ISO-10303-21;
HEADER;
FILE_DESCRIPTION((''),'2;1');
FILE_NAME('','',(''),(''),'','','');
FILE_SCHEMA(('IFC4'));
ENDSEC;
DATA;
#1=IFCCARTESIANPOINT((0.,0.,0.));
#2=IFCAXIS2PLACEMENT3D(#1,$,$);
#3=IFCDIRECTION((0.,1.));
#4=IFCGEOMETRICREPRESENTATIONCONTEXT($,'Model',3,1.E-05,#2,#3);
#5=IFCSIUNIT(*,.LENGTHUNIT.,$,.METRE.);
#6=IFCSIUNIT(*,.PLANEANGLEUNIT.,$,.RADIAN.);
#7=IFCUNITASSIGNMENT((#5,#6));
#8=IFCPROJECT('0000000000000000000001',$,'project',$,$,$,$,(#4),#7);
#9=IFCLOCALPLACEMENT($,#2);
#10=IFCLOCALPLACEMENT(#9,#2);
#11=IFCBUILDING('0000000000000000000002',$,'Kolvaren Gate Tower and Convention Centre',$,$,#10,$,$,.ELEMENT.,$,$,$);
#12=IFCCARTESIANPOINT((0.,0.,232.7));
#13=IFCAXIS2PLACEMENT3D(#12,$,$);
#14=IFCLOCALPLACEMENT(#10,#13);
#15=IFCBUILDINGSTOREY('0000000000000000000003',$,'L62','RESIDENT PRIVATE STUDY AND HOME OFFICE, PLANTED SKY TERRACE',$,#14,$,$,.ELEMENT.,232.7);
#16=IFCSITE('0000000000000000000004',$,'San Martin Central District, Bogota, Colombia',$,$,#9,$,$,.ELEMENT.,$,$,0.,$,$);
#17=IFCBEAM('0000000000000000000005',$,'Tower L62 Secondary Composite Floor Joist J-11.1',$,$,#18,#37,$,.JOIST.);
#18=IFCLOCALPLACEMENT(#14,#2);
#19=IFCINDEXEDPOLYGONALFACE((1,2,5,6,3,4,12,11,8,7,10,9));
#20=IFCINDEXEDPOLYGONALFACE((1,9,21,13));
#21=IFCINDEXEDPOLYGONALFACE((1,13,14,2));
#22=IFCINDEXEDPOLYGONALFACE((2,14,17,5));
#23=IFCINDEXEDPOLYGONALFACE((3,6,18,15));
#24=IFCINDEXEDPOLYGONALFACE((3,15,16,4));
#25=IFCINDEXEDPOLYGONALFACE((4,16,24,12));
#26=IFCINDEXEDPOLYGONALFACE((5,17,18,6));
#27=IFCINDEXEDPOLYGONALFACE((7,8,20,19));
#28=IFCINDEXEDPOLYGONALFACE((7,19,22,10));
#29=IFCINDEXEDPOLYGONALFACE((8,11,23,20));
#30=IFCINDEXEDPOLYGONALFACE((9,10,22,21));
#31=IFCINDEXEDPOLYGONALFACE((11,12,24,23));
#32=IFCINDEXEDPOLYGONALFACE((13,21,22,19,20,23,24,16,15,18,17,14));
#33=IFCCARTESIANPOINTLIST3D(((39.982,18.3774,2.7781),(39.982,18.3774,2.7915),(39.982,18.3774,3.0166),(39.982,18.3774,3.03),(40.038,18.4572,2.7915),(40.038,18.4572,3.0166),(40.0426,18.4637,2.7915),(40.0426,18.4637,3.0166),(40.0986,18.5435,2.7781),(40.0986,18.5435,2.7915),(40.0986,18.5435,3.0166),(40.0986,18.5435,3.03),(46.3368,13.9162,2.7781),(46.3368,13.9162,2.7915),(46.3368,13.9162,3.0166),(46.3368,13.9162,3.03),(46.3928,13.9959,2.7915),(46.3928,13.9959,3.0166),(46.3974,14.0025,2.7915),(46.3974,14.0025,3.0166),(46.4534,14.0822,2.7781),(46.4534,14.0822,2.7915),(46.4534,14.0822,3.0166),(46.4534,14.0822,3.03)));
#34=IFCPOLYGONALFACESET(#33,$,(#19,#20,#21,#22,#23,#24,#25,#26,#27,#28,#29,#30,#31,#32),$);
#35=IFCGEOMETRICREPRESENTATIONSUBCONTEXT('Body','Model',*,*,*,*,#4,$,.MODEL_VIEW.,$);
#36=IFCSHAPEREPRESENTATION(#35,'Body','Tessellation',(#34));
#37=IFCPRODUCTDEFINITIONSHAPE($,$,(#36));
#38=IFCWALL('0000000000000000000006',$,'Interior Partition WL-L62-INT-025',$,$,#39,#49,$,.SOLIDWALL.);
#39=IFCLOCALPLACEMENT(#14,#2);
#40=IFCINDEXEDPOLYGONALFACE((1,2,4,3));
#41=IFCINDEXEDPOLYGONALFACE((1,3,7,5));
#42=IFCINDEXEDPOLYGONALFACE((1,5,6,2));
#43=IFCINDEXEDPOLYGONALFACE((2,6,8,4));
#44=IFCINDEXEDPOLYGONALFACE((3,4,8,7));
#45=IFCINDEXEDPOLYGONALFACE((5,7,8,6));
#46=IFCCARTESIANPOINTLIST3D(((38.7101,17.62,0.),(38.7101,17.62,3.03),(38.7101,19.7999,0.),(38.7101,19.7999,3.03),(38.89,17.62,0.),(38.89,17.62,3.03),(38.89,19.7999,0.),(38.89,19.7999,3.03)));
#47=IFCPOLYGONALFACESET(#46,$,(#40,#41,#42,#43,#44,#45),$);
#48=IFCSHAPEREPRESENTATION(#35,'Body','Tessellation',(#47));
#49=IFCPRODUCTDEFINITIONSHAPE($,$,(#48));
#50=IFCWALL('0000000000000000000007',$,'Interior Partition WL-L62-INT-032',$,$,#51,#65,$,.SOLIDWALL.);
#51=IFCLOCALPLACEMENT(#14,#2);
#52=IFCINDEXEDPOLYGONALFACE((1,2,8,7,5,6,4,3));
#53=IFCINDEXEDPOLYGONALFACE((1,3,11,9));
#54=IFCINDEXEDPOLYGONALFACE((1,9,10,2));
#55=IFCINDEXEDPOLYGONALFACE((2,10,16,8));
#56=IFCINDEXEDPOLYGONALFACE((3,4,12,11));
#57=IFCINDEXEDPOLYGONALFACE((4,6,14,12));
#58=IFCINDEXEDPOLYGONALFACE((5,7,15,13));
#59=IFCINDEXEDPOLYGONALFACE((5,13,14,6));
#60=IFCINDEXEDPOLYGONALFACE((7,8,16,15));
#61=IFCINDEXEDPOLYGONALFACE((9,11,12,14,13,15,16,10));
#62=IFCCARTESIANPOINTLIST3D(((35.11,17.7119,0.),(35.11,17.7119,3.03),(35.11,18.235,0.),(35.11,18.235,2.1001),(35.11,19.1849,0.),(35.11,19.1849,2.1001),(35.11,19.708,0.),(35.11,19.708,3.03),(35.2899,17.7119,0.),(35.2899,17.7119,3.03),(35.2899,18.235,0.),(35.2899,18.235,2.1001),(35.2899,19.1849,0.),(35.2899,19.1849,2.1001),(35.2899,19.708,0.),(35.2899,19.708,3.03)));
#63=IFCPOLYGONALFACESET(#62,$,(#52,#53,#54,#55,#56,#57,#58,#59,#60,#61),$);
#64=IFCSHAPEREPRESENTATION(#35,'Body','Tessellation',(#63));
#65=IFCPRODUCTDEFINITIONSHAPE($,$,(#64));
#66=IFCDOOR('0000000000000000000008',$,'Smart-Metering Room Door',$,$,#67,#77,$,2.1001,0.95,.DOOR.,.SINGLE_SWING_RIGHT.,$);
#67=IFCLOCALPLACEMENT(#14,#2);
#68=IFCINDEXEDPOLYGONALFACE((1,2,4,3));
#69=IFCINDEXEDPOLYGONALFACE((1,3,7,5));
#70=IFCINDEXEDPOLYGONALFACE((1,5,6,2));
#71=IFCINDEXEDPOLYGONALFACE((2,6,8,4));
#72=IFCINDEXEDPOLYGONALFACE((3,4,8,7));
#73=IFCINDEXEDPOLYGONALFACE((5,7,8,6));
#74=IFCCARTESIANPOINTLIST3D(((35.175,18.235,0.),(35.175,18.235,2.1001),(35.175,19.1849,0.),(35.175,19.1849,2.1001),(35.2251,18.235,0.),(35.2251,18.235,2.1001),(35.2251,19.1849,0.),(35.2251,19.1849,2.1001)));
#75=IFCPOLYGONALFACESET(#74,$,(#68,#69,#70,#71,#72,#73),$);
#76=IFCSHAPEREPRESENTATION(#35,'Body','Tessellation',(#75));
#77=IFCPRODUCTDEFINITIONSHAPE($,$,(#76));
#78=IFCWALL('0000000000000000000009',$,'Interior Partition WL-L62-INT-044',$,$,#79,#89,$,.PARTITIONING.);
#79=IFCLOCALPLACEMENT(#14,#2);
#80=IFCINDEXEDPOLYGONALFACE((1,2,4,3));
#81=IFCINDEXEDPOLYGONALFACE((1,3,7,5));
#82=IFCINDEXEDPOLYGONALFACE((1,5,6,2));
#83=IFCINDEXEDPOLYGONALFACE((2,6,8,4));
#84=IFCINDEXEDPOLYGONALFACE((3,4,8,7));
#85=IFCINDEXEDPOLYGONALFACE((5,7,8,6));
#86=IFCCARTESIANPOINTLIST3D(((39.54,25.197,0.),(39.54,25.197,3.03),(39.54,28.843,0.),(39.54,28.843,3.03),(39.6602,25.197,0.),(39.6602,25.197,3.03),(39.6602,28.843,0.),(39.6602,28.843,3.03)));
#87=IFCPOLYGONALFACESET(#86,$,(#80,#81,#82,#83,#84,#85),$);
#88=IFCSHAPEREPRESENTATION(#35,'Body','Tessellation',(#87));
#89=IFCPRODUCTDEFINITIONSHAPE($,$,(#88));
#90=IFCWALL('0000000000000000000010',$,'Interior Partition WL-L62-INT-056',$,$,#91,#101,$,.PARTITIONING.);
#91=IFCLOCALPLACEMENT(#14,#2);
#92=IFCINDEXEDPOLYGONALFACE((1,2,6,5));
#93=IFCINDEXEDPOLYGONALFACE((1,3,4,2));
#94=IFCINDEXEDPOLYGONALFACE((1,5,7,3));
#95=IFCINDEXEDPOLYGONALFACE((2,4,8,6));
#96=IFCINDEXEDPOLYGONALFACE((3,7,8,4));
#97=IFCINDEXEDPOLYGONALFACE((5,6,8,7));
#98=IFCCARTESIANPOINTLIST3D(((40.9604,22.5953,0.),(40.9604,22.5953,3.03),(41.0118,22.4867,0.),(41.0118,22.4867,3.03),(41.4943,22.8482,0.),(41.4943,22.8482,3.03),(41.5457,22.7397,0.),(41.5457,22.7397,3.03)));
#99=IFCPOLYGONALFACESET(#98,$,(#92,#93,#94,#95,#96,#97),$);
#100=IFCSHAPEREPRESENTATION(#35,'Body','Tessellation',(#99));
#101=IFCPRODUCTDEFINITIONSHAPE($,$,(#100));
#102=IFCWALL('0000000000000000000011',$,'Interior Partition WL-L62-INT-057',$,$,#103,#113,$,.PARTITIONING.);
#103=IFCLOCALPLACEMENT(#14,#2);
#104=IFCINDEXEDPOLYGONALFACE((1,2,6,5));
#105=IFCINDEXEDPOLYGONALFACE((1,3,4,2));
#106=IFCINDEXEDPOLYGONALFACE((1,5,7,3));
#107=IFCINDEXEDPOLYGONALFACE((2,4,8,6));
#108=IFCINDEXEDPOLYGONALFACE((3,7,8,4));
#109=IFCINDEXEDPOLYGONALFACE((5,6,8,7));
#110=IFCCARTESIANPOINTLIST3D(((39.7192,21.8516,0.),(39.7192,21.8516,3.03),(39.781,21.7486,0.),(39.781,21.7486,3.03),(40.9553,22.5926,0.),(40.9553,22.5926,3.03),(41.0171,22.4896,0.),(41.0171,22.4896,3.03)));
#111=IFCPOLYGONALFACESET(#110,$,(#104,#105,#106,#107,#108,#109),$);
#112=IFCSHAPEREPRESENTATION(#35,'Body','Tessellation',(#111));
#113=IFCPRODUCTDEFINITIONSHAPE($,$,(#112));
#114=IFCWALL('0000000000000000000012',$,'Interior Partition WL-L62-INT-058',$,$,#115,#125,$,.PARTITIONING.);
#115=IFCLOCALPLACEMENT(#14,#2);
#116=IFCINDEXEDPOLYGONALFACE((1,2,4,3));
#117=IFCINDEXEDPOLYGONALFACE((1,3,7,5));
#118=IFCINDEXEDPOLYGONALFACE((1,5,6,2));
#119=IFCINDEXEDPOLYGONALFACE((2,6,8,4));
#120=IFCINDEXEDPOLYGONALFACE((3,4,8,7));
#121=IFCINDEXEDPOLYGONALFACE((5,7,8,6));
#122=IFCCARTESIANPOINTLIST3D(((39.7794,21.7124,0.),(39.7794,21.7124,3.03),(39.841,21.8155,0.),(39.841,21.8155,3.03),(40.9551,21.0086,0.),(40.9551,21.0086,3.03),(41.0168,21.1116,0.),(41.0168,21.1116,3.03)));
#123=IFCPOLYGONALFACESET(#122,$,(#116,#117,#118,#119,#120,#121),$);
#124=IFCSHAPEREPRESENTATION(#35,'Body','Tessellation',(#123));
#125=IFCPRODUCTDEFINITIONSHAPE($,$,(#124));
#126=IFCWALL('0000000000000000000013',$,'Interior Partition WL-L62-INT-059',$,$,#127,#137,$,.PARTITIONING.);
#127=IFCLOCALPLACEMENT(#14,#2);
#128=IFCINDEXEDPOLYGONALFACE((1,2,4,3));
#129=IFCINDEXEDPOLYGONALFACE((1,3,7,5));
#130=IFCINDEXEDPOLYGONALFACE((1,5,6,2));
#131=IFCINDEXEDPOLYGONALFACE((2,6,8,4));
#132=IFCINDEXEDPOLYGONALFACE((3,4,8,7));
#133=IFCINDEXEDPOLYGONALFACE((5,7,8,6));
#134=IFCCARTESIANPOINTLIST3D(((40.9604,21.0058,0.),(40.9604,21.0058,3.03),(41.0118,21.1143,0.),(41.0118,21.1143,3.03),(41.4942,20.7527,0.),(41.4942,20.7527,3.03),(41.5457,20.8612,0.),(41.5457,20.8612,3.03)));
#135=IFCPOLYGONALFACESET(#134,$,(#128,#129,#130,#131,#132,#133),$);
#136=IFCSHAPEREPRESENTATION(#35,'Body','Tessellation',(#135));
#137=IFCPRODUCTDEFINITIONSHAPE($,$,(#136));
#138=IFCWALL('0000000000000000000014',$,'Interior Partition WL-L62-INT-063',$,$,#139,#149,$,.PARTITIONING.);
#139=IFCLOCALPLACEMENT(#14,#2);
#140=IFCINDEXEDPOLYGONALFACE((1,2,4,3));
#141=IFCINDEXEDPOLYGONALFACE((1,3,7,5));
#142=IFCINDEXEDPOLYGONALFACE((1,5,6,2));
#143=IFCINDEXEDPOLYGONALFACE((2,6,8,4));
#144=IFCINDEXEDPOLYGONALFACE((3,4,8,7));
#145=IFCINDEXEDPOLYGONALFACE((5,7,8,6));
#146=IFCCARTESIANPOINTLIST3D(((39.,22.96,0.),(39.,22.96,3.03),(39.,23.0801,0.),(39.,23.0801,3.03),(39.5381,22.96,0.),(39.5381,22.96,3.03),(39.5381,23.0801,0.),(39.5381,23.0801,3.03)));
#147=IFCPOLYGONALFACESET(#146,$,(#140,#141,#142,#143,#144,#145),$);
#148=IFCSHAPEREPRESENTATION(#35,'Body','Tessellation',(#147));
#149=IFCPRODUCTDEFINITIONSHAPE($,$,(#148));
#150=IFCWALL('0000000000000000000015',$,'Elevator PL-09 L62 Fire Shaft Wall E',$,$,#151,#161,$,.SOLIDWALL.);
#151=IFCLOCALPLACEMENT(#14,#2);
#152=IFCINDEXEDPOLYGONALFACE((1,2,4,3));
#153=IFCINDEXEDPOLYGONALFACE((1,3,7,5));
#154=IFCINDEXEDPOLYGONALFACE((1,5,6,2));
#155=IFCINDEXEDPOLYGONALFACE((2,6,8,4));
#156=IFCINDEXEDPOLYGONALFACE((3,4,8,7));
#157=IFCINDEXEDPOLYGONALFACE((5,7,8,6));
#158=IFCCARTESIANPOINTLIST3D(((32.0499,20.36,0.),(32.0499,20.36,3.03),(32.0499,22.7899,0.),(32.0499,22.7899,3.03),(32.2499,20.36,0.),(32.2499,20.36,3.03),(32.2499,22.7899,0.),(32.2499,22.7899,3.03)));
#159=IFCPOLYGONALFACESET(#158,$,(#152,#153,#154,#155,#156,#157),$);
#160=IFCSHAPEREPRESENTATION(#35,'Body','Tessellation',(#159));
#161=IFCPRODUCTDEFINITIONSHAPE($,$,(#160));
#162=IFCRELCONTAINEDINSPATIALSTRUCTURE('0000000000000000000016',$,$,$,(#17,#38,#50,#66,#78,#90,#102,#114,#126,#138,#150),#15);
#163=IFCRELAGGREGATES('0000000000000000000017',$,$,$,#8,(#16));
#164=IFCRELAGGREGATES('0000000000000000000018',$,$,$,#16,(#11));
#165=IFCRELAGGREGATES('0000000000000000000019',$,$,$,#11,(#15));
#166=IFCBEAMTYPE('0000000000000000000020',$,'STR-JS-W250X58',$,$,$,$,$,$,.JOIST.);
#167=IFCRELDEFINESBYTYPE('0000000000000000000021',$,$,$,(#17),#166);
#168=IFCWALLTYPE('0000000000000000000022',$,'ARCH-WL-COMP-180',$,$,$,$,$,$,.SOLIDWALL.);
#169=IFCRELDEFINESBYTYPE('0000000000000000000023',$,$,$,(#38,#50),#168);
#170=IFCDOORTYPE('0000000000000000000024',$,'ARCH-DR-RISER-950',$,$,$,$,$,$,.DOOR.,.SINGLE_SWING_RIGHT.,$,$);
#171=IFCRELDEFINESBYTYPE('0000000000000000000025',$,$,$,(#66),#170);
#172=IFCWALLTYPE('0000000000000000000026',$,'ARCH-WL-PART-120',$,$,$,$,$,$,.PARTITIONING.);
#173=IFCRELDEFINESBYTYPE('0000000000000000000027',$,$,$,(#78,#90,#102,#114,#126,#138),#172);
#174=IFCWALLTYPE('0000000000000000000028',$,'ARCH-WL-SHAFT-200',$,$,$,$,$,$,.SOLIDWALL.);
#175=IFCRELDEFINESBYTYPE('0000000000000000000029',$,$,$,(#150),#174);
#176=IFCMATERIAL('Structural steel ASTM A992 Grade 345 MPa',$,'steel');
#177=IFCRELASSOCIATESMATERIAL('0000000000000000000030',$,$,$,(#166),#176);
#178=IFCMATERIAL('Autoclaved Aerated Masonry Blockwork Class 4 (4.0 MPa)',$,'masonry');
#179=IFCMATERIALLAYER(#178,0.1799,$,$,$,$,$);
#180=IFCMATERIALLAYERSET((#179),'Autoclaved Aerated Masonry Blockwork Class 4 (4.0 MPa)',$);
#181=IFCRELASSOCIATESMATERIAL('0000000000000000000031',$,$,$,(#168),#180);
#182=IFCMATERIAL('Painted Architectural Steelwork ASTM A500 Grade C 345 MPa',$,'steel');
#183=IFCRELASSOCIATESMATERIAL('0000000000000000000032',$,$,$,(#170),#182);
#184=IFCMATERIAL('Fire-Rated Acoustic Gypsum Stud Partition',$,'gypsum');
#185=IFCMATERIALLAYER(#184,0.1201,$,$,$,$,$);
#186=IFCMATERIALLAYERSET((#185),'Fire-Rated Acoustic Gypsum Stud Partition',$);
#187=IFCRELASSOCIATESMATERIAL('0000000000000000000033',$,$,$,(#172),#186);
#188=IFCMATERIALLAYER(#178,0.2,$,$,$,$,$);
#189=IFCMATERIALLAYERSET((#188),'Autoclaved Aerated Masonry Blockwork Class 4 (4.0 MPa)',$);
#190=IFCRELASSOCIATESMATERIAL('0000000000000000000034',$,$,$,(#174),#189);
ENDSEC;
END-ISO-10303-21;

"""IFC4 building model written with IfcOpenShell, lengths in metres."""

from ifc_helpers import new_model, si_unit, direction, frame, frame_2d, origin, origin_2d, place, context, subcontext, project, spatial, rectangle, i_section, extrude, material, layer, layer_set, material_profile, profile_set, type_object, element, fill, save


model = new_model("IFC4")

# Units and contexts
model_context = context("Model", 3, precision=1e-05, world=origin(), true_north=direction((0.0, 1.0)))
body_context = subcontext(model_context, "Body", "Model", "MODEL_VIEW")
ifc_project = project(units=[si_unit("LENGTHUNIT", "METRE"), si_unit("PLANEANGLEUNIT", "RADIAN")], contexts=[model_context])

# Site, building, storey
site_placement = place(None, origin())
site = spatial("IfcSite", under=ifc_project, at=site_placement, Name="San Martin Central District, Bogota, Colombia", CompositionType="ELEMENT", RefElevation=0.0)
building_placement = place(site_placement, origin())
building = spatial("IfcBuilding", under=site, at=building_placement, Name="Kolvaren Gate Tower and Convention Centre", CompositionType="ELEMENT")
storey_placement = place(building_placement, frame((0.0, 0.0, 232.7)))
storey = spatial("IfcBuildingStorey", under=building, at=storey_placement, Name="L62", Description="RESIDENT PRIVATE STUDY AND HOME OFFICE, PLANTED SKY TERRACE", CompositionType="ELEMENT", Elevation=232.7)

# Beam
ifc_material_1 = material(Name="Structural steel ASTM A992 Grade 345 MPa", Category="steel")
ifc_material_profile = material_profile(ifc_material_1, i_section(OverallWidth=0.2029, OverallDepth=0.252, WebThickness=0.0081, FlangeThickness=0.0134, at=origin_2d()), Name="W250X58")
ifc_profile_set = profile_set([ifc_material_profile], Name="Structural steel ASTM A992 Grade 345 MPa")
beam_type = type_object("IfcBeamType", Name="STR-JS-W250X58", PredefinedType="JOIST", material=ifc_profile_set)
beam_placement = place(storey_placement, frame((40.0403, 18.4604, 2.9041), z_axis=(0.818453, -0.574574, 0.0), x_axis=(0.574574, 0.818453, 0.0)))
element("IfcBeam", 1, at=beam_placement, inside=storey, type_object=beam_type, Name="Tower L62 Secondary Composite Floor Joist J-11.1", PredefinedType="JOIST", context=body_context, shape_type="SweptSolid", body=[
    extrude(i_section(OverallWidth=0.2029, OverallDepth=0.252, WebThickness=0.0081, FlangeThickness=0.0134, at=origin_2d()), origin(), (0.0, 0.0, 1.0), 7.7644),
])

# Wall
ifc_material_2 = material(Name="Autoclaved Aerated Masonry Blockwork Class 4 (4.0 MPa)", Category="masonry")
ifc_layer_1 = layer(ifc_material_2, 0.1799)
ifc_layer_set_1 = layer_set([ifc_layer_1], Name="Autoclaved Aerated Masonry Blockwork Class 4 (4.0 MPa)")
wall_type_1 = type_object("IfcWallType", Name="ARCH-WL-COMP-180", PredefinedType="SOLIDWALL", material=ifc_layer_set_1)
wall_1_placement = place(storey_placement, frame((38.8, 17.6201, 0.0), z_axis=(0.0, 0.0, 1.0), x_axis=(0.0, 1.0, 0.0)))
element("IfcWall", 2, at=wall_1_placement, inside=storey, type_object=wall_type_1, Name="Interior Partition WL-L62-INT-025", PredefinedType="SOLIDWALL", context=body_context, shape_type="SweptSolid", body=[
    extrude(rectangle(XDim=2.1799, YDim=0.1799, at=frame_2d((1.0898, 0.0))), origin(), (0.0, 0.0, 1.0), 3.03),
])

# Wall, opening, door
wall_2_placement = place(storey_placement, frame((35.2, 17.7119, 0.0), z_axis=(0.0, 0.0, 1.0), x_axis=(0.0, 1.0, 0.0)))
wall_2 = element("IfcWall", 3, at=wall_2_placement, inside=storey, type_object=wall_type_1, Name="Interior Partition WL-L62-INT-032", PredefinedType="SOLIDWALL", context=body_context, shape_type="SweptSolid", body=[
    extrude(rectangle(XDim=1.9961, YDim=0.1799, at=frame_2d((0.998, 0.0))), origin(), (0.0, 0.0, 1.0), 3.03),
])
opening_1_placement = place(wall_2_placement, frame((0.5229, 0.0, 0.0)))
opening_1 = element("IfcOpeningElement", 4, at=opening_1_placement, cuts=wall_2, PredefinedType="OPENING", context=body_context, shape_type="SweptSolid", body=[
    extrude(rectangle(XDim=0.95, YDim=2.1001, at=frame_2d((0.4751, 1.05))), frame((0.0, 0.0999, 0.0), z_axis=(0.0, -1.0, 0.0), x_axis=(1.0, 0.0, 0.0)), (0.0, 0.0, 1.0), 0.2),
])
ifc_material_3 = material(Name="Painted Architectural Steelwork ASTM A500 Grade C 345 MPa", Category="steel")
door_type_1 = type_object("IfcDoorType", Name="ARCH-DR-RISER-950", OperationType="SINGLE_SWING_RIGHT", PredefinedType="DOOR", material=ifc_material_3)
door_1_placement = place(opening_1_placement, origin())
door_1 = element("IfcDoor", 5, at=door_1_placement, inside=storey, type_object=door_type_1, Name="Smart-Metering Room Door", OperationType="SINGLE_SWING_RIGHT", OverallHeight=2.1001, OverallWidth=0.95, PredefinedType="DOOR", context=body_context, shape_type="SweptSolid", body=[
    extrude(rectangle(XDim=0.95, YDim=2.1001, at=frame_2d((0.4751, 1.05))), frame((0.0, 0.0249, 0.0), z_axis=(0.0, -1.0, 0.0), x_axis=(1.0, 0.0, 0.0)), (0.0, 0.0, 1.0), 0.05),
])
fill(opening_1, door_1)

# Walls
ifc_material_4 = material(Name="Fire-Rated Acoustic Gypsum Stud Partition", Category="gypsum")
ifc_layer_2 = layer(ifc_material_4, 0.1201)
ifc_layer_set_2 = layer_set([ifc_layer_2], Name="Fire-Rated Acoustic Gypsum Stud Partition")
wall_type_2 = type_object("IfcWallType", Name="ARCH-WL-PART-120", PredefinedType="PARTITIONING", material=ifc_layer_set_2)
wall_3_placement = place(storey_placement, frame((39.6001, 25.197, 0.0), z_axis=(0.0, 0.0, 1.0), x_axis=(0.0, 1.0, 0.0)))
element("IfcWall", 6, at=wall_3_placement, inside=storey, type_object=wall_type_2, Name="Interior Partition WL-L62-INT-044", PredefinedType="PARTITIONING", context=body_context, shape_type="SweptSolid", body=[
    extrude(rectangle(XDim=3.646, YDim=0.1201, at=frame_2d((1.823, 0.0))), origin(), (0.0, 0.0, 1.0), 3.03),
])
wall_4_placement = place(storey_placement, frame((40.9861, 22.541, 0.0), z_axis=(0.0, 0.0, 1.0), x_axis=(0.903729, 0.428104, 0.0)))
element("IfcWall", 7, at=wall_4_placement, inside=storey, type_object=wall_type_2, Name="Interior Partition WL-L62-INT-056", PredefinedType="PARTITIONING", context=body_context, shape_type="SweptSolid", body=[
    extrude(rectangle(XDim=0.5908, YDim=0.1201, at=frame_2d((0.2954, 0.0))), origin(), (0.0, 0.0, 1.0), 3.03),
])
wall_5_placement = place(storey_placement, frame((39.75, 21.8, 0.0), z_axis=(0.0, 0.0, 1.0), x_axis=(0.857702, 0.514147, 0.0)))
element("IfcWall", 8, at=wall_5_placement, inside=storey, type_object=wall_type_2, Name="Interior Partition WL-L62-INT-057", PredefinedType="PARTITIONING", context=body_context, shape_type="SweptSolid", body=[
    extrude(rectangle(XDim=1.4412, YDim=0.1201, at=frame_2d((0.7207, 0.0))), origin(), (0.0, 0.0, 1.0), 3.03),
])
wall_6_placement = place(storey_placement, frame((39.8103, 21.7639, 0.0), z_axis=(0.0, 0.0, 1.0), x_axis=(0.858011, -0.513631, 0.0)))
element("IfcWall", 9, at=wall_6_placement, inside=storey, type_object=wall_type_2, Name="Interior Partition WL-L62-INT-058", PredefinedType="PARTITIONING", context=body_context, shape_type="SweptSolid", body=[
    extrude(rectangle(XDim=1.3704, YDim=0.1201, at=frame_2d((0.6851, 0.0))), origin(), (0.0, 0.0, 1.0), 3.03),
])
wall_7_placement = place(storey_placement, frame((40.9861, 21.0601, 0.0), z_axis=(0.0, 0.0, 1.0), x_axis=(0.90357, -0.428442, 0.0)))
element("IfcWall", 10, at=wall_7_placement, inside=storey, type_object=wall_type_2, Name="Interior Partition WL-L62-INT-059", PredefinedType="PARTITIONING", context=body_context, shape_type="SweptSolid", body=[
    extrude(rectangle(XDim=0.5908, YDim=0.1201, at=frame_2d((0.2954, 0.0))), origin(), (0.0, 0.0, 1.0), 3.03),
])
wall_8_placement = place(storey_placement, frame((39.0, 23.02, 0.0), z_axis=(0.0, 0.0, 1.0), x_axis=(1.0, 0.0, 0.0)))
element("IfcWall", 11, at=wall_8_placement, inside=storey, type_object=wall_type_2, Name="Interior Partition WL-L62-INT-063", PredefinedType="PARTITIONING", context=body_context, shape_type="SweptSolid", body=[
    extrude(rectangle(XDim=0.5381, YDim=0.1201, at=frame_2d((0.269, 0.0))), origin(), (0.0, 0.0, 1.0), 3.03),
])
ifc_layer_3 = layer(ifc_material_2, 0.2)
ifc_layer_set_3 = layer_set([ifc_layer_3], Name="Autoclaved Aerated Masonry Blockwork Class 4 (4.0 MPa)")
wall_type_3 = type_object("IfcWallType", Name="ARCH-WL-SHAFT-200", PredefinedType="SOLIDWALL", material=ifc_layer_set_3)
wall_9_placement = place(storey_placement, frame((32.1499, 20.3601, 0.0), z_axis=(0.0, 0.0, 1.0), x_axis=(0.0, 1.0, 0.0)))
element("IfcWall", 12, at=wall_9_placement, inside=storey, type_object=wall_type_3, Name="Elevator PL-09 L62 Fire Shaft Wall E", PredefinedType="SOLIDWALL", context=body_context, shape_type="SweptSolid", body=[
    extrude(rectangle(XDim=2.4299, YDim=0.2, at=frame_2d((1.2148, 0.0))), origin(), (0.0, 0.0, 1.0), 3.03),
])

save(model, "model.ifc")
